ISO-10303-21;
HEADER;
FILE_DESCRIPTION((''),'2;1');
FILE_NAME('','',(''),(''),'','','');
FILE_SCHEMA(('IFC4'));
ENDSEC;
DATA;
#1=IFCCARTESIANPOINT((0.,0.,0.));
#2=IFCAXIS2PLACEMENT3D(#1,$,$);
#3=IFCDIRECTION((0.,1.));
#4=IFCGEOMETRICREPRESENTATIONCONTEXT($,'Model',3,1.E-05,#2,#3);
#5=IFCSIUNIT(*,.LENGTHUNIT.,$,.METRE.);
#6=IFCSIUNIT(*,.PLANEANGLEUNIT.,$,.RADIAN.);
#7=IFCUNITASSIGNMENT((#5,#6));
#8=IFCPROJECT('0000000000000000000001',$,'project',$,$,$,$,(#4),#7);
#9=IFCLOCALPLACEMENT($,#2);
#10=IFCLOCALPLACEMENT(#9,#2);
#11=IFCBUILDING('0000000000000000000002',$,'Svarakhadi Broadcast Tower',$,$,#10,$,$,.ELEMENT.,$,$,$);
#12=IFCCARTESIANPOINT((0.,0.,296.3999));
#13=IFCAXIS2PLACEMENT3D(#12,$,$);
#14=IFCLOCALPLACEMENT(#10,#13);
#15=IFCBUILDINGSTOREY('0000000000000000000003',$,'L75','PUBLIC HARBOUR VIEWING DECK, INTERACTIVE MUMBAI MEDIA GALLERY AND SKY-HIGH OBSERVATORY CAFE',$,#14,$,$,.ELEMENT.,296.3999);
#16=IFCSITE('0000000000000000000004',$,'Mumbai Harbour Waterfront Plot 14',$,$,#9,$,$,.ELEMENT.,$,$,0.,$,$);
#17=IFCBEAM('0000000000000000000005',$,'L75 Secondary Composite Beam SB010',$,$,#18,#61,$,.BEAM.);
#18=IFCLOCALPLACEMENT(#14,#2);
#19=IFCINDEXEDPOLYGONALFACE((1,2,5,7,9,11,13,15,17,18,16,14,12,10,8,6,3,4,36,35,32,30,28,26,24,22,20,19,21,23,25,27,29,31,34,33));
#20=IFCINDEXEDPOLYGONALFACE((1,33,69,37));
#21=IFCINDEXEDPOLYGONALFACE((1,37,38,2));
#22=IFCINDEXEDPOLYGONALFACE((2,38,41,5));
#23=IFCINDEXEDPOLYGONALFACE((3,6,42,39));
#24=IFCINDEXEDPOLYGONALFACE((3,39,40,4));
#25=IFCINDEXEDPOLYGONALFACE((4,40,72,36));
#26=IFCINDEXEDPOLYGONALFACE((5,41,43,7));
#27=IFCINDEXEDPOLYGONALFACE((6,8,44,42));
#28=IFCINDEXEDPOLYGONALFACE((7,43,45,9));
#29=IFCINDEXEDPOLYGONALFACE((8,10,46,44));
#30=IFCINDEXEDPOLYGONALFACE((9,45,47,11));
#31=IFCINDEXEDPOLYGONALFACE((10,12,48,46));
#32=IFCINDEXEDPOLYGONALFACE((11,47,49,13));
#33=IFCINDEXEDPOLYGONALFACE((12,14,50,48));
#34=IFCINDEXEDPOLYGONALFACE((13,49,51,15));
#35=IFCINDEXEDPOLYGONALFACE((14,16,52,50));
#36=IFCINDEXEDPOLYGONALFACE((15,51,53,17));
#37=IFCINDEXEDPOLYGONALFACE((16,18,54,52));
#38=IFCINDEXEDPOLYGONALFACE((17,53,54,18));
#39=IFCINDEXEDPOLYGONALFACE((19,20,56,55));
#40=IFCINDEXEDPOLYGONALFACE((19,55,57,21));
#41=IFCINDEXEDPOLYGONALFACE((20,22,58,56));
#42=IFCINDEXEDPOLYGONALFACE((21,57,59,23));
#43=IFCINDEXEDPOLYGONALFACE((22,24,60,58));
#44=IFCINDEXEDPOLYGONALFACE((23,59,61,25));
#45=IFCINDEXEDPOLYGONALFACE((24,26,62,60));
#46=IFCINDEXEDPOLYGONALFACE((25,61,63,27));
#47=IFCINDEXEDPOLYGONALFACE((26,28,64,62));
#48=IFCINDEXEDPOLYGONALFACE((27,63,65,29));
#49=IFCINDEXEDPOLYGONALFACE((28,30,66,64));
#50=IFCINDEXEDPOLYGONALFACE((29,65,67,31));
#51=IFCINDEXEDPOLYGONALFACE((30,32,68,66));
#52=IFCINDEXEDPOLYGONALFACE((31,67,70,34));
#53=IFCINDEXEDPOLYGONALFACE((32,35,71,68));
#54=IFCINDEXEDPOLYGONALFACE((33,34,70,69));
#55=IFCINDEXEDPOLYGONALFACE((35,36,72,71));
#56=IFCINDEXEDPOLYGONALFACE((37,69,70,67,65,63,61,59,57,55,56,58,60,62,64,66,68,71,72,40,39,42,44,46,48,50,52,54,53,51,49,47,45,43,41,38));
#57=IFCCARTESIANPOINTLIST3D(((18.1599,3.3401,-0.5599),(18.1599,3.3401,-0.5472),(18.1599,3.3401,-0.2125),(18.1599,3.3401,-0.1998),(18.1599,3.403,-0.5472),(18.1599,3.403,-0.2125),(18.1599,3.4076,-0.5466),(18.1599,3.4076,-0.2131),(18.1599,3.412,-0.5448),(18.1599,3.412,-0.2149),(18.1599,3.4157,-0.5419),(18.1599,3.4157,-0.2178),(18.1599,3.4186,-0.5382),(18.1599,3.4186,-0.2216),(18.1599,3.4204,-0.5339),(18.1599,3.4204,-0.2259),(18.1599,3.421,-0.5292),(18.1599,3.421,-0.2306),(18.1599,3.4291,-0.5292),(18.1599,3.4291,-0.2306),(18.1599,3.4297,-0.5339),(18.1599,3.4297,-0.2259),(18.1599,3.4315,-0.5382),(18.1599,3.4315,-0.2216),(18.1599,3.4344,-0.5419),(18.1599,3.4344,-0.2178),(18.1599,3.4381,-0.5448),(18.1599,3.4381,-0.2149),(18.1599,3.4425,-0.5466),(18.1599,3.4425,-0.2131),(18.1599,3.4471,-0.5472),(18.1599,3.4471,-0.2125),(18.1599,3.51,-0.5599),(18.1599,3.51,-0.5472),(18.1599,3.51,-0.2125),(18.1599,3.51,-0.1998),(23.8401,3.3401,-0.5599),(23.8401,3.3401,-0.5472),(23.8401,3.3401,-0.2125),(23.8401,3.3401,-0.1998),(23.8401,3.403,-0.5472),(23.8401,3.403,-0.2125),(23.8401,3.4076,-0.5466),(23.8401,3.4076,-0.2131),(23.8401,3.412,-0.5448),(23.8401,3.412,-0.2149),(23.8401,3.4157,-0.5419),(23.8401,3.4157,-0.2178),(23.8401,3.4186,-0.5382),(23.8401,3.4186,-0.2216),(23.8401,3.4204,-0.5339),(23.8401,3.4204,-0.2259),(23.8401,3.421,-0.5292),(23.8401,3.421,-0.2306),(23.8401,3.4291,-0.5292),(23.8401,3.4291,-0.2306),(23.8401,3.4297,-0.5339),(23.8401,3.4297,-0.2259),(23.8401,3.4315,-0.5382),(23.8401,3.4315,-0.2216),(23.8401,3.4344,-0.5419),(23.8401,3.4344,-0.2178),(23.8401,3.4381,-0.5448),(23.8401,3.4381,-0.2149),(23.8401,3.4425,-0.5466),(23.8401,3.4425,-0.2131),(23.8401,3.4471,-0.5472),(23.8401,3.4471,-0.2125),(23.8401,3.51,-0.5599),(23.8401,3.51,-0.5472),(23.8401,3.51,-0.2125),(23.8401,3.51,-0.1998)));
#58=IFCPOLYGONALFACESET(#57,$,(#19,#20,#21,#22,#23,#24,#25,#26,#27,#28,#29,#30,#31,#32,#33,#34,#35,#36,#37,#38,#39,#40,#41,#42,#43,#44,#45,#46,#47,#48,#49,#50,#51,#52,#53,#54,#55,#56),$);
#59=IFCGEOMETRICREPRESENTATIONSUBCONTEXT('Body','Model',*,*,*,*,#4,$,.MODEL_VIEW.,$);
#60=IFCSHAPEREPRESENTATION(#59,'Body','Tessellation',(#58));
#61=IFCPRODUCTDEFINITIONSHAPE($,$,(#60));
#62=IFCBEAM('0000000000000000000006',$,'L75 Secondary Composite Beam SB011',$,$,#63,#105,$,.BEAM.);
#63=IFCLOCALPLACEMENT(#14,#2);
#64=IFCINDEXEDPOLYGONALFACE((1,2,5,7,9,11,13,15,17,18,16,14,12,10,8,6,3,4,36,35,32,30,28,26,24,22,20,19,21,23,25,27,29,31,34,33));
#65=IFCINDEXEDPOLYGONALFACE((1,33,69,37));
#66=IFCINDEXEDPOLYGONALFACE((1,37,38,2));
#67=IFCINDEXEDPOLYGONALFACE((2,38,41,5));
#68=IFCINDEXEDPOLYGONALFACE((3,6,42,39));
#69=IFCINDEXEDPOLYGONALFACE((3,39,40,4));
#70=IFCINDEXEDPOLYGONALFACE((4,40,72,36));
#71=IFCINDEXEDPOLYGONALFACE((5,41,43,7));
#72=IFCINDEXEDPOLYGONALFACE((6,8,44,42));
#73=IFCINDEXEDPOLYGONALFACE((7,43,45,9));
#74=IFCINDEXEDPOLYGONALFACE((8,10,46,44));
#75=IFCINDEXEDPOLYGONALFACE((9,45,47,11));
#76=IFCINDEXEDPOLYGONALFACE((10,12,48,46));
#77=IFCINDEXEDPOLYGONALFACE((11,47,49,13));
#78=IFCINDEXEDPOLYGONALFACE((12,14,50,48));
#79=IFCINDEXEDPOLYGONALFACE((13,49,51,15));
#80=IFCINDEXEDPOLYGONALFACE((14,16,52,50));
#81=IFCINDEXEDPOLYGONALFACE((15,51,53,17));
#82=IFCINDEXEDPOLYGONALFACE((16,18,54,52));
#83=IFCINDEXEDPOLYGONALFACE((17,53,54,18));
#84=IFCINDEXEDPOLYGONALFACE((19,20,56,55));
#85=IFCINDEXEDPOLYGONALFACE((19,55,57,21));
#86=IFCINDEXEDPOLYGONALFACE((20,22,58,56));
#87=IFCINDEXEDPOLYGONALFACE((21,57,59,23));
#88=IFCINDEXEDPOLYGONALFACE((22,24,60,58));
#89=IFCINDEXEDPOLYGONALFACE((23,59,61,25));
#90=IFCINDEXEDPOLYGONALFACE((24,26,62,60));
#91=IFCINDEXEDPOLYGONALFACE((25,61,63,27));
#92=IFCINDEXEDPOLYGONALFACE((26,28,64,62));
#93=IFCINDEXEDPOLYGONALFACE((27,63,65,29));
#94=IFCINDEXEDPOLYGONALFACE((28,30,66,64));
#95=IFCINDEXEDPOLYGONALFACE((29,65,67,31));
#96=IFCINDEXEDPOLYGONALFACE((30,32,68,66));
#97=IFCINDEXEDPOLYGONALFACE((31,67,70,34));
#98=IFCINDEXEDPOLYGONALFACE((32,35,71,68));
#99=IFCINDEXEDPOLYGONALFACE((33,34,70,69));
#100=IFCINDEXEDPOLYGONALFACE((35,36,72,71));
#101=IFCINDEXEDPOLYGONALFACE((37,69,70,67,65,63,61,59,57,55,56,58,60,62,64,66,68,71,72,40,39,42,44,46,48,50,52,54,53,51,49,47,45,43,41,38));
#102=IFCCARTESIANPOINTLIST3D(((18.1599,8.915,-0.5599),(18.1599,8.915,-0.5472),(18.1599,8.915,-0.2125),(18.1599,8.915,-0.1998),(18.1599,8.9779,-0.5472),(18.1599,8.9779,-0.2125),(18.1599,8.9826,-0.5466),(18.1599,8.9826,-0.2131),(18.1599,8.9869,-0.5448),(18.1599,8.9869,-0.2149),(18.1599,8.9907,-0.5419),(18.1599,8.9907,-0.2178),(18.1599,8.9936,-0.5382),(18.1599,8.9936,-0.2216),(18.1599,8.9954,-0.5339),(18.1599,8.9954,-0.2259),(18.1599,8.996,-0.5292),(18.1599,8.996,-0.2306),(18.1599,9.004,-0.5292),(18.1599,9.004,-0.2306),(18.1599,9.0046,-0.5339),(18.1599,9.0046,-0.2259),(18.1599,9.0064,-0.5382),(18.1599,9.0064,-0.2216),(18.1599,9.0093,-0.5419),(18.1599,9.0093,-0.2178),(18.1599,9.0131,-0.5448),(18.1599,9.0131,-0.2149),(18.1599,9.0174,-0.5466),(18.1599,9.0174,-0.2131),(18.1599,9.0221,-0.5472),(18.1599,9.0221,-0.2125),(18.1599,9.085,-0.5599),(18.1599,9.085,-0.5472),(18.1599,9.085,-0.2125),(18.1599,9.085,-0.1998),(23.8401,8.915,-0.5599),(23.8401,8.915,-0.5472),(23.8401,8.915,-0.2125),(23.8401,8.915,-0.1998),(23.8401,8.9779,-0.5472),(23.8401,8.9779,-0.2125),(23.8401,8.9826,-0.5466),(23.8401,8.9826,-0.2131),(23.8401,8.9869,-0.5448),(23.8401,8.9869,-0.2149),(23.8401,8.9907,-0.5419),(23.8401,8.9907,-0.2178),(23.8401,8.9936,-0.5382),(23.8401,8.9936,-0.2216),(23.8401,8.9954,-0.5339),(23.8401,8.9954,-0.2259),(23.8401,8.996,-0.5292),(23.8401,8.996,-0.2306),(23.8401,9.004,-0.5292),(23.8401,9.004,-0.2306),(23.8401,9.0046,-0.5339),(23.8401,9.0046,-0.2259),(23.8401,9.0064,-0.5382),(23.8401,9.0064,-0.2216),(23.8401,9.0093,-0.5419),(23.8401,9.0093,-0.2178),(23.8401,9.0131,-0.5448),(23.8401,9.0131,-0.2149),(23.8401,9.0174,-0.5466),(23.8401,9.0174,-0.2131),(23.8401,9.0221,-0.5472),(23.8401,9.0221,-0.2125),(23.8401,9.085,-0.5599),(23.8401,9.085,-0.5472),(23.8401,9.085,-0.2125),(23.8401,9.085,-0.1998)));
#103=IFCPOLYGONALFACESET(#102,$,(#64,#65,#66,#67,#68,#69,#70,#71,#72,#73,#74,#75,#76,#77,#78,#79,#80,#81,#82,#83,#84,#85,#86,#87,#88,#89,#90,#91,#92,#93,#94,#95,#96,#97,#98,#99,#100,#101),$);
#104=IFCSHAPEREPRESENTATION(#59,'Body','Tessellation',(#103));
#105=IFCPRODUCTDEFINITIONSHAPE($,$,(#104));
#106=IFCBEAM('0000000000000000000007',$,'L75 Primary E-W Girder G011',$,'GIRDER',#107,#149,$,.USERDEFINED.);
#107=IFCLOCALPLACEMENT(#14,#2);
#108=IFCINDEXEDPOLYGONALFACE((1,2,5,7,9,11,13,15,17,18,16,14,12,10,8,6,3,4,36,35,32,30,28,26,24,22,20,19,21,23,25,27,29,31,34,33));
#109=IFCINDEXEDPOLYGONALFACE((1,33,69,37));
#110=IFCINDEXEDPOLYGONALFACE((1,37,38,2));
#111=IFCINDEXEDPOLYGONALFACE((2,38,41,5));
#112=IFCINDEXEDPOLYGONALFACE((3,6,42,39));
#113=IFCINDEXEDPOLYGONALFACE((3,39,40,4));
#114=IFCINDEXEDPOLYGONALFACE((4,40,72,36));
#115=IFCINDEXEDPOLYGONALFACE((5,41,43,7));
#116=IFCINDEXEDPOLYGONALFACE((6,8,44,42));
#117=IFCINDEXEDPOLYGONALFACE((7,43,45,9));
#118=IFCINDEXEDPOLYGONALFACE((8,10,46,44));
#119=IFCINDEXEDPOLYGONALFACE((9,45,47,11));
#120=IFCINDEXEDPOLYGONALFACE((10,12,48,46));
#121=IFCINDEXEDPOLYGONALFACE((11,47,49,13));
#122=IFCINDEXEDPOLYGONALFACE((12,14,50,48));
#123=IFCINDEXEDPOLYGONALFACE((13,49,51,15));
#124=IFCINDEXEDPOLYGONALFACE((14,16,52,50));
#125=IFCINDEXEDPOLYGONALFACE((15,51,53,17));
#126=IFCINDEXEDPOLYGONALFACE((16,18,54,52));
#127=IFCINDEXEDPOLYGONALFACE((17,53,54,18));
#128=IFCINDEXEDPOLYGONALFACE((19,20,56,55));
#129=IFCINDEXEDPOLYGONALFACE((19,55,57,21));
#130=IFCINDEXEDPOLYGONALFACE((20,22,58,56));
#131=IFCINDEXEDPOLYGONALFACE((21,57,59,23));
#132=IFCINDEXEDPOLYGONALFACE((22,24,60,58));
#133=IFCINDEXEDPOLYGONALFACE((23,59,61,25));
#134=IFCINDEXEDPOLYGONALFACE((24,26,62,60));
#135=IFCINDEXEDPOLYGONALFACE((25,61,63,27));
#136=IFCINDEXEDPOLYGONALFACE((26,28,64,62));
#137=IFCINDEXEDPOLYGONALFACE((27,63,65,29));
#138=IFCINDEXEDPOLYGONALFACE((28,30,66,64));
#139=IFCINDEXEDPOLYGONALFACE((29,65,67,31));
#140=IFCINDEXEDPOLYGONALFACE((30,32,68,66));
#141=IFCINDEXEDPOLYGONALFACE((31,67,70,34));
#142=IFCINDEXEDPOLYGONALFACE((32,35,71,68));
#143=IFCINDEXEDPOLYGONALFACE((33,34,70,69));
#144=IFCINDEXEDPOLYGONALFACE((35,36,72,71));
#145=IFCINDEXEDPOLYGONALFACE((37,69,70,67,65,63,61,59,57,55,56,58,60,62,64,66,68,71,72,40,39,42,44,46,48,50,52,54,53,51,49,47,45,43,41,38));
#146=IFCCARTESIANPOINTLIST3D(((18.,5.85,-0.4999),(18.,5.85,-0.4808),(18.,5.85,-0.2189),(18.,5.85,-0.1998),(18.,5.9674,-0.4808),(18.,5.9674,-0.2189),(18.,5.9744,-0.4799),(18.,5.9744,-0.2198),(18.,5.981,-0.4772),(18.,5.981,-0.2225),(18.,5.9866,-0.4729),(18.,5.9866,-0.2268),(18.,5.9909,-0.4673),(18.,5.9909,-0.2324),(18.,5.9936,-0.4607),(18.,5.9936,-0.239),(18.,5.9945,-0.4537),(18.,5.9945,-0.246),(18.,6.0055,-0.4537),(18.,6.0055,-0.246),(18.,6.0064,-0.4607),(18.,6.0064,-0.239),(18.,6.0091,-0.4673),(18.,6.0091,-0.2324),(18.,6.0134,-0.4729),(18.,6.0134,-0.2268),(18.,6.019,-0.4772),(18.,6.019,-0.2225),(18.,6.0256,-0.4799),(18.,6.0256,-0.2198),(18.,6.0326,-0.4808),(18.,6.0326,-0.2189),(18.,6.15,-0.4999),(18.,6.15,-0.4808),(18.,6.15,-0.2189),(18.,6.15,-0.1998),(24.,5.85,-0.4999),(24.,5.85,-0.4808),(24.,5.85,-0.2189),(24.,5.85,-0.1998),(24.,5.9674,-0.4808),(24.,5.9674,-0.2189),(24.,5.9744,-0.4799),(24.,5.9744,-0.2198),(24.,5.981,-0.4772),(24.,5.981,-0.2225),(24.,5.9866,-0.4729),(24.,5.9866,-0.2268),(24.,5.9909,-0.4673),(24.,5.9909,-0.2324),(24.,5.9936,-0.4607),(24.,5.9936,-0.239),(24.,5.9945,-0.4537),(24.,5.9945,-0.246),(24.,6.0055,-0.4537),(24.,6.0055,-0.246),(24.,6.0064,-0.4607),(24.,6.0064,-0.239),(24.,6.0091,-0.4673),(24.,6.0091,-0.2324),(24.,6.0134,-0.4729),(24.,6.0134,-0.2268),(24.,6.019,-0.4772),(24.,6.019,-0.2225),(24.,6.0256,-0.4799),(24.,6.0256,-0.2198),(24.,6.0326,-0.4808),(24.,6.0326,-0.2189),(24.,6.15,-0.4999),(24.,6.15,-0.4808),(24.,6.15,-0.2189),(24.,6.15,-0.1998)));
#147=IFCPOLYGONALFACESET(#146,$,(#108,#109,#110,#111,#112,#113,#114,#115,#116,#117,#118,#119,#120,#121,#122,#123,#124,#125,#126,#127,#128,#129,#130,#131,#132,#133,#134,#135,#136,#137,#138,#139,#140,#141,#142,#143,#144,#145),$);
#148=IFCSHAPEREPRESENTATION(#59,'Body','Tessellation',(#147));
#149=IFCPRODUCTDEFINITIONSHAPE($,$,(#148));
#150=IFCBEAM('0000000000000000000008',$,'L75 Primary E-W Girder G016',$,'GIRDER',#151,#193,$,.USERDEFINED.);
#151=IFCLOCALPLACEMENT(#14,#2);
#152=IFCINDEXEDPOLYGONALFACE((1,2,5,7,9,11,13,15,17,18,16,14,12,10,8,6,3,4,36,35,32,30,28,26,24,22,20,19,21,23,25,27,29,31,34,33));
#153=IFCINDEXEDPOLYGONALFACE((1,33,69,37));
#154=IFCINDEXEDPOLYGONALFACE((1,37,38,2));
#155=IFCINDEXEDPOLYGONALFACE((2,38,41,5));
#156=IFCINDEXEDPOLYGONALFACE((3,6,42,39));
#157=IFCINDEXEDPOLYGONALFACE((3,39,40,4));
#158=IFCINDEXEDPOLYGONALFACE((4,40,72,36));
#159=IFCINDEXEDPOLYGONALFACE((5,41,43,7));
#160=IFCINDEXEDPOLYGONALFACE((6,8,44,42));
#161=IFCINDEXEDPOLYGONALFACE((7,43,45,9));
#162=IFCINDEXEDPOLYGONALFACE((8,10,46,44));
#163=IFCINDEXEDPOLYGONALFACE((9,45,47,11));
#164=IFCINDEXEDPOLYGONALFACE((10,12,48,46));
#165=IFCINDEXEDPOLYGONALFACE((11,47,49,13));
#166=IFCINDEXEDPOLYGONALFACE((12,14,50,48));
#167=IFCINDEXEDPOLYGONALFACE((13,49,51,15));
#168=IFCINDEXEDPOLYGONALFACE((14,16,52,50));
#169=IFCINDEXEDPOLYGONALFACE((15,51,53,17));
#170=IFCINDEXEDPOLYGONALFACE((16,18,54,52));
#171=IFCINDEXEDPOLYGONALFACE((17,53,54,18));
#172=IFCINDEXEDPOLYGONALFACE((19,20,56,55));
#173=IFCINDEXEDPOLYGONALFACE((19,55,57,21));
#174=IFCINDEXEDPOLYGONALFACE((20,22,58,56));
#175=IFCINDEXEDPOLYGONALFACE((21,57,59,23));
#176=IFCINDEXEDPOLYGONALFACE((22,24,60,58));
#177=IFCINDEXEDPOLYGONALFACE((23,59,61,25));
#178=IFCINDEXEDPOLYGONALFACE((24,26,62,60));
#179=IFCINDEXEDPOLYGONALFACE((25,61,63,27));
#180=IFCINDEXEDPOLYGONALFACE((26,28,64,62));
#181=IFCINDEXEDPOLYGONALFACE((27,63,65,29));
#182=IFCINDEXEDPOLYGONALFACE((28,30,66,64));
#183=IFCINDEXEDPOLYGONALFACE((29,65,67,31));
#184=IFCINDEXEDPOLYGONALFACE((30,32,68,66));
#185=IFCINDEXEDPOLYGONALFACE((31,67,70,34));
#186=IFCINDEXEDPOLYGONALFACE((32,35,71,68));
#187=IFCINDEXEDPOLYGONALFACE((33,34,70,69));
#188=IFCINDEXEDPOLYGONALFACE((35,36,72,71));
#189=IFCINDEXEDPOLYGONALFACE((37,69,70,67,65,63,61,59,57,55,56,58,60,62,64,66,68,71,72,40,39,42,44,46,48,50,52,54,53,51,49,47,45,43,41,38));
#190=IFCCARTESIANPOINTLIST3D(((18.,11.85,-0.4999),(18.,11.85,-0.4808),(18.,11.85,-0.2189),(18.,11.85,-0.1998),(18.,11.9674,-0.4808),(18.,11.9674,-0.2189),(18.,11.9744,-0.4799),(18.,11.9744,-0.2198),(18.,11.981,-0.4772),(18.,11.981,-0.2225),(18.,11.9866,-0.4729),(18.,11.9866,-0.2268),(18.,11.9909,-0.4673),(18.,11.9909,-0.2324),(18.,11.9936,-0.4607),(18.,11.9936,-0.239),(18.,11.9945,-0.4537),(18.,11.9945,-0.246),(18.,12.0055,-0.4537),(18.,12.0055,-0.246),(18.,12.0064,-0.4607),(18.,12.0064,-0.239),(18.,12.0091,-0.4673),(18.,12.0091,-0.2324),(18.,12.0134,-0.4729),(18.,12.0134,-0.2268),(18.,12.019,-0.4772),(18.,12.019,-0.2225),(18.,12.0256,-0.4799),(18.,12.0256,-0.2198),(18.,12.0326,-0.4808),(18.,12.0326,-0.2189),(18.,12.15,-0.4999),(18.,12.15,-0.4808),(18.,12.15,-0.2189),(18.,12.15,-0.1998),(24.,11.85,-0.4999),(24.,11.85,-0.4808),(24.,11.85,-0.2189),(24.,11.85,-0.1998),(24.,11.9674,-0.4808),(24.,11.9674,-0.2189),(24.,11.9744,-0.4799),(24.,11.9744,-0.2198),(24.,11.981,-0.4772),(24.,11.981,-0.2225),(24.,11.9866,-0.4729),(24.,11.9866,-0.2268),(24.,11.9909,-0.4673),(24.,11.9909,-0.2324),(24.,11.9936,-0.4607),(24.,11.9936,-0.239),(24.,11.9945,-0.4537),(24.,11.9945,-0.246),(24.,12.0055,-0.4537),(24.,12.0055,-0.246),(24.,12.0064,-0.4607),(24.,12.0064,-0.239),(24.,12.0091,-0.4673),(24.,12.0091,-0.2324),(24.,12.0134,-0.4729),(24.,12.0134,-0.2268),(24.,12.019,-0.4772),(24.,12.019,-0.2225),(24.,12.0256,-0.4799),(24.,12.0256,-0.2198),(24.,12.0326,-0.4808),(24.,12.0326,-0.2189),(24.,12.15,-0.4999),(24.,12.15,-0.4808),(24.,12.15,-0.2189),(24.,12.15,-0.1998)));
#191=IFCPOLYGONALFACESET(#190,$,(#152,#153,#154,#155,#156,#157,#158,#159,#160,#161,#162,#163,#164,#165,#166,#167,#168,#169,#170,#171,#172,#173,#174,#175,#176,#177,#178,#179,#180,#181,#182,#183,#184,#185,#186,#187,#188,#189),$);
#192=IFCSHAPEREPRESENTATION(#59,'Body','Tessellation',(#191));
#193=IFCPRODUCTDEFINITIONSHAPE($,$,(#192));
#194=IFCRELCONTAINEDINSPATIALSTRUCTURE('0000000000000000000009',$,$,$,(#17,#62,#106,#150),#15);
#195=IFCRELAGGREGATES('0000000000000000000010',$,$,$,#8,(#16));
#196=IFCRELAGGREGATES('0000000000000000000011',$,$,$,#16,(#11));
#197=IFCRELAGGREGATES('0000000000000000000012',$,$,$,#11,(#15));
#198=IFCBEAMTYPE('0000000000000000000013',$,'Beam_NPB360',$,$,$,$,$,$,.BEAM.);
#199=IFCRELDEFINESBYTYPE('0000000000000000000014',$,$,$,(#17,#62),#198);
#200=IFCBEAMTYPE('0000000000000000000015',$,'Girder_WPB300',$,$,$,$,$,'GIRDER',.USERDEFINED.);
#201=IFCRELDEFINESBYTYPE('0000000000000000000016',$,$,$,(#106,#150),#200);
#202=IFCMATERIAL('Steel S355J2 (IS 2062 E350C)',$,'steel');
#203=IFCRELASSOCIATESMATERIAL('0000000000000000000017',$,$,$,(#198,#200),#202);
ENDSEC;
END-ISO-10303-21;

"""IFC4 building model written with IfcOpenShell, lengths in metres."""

from ifc_helpers import new_model, si_unit, direction, frame, origin, origin_2d, place, context, subcontext, project, spatial, i_section, extrude, material, material_profile, profile_set, type_object, element, save


model = new_model("IFC4")

# Units and contexts
model_context = context("Model", 3, precision=1e-05, world=origin(), true_north=direction((0.0, 1.0)))
body_context = subcontext(model_context, "Body", "Model", "MODEL_VIEW")
ifc_project = project(units=[si_unit("LENGTHUNIT", "METRE"), si_unit("PLANEANGLEUNIT", "RADIAN")], contexts=[model_context])

# Site, building, storey
site_placement = place(None, origin())
site = spatial("IfcSite", under=ifc_project, at=site_placement, Name="Mumbai Harbour Waterfront Plot 14", CompositionType="ELEMENT", RefElevation=0.0)
building_placement = place(site_placement, origin())
building = spatial("IfcBuilding", under=site, at=building_placement, Name="Svarakhadi Broadcast Tower", CompositionType="ELEMENT")
storey_placement = place(building_placement, frame((0.0, 0.0, 296.3999)))
storey = spatial("IfcBuildingStorey", under=building, at=storey_placement, Name="L75", Description="PUBLIC HARBOUR VIEWING DECK, INTERACTIVE MUMBAI MEDIA GALLERY AND SKY-HIGH OBSERVATORY CAFE", CompositionType="ELEMENT", Elevation=296.3999)

# Beams
ifc_material_1 = material(Name="Steel S355J2 (IS 2062 E350C)", Category="steel")
ifc_material_profile_1 = material_profile(ifc_material_1, i_section(OverallWidth=0.1699, OverallDepth=0.3601, WebThickness=0.0081, FlangeThickness=0.0127, FilletRadius=0.0181, at=origin_2d()), Name="NPB 360x170x57")
ifc_profile_set_1 = profile_set([ifc_material_profile_1], Name="Steel S355J2 (IS 2062 E350C)")
beam_type_1 = type_object("IfcBeamType", Name="Beam_NPB360", PredefinedType="BEAM", material=ifc_profile_set_1)
for number, where, z_axis, x_axis, name in (
    (1, (18.1599, 3.425, -0.3799), (1.0, 0.0, 0.0), (0.0, 1.0, 0.0), "L75 Secondary Composite Beam SB010"),
    (2, (18.1599, 9.0, -0.3799), (1.0, 0.0, 0.0), (0.0, 1.0, 0.0), "L75 Secondary Composite Beam SB011"),
):
    element("IfcBeam", number, at=place(storey_placement, frame(where, z_axis=z_axis, x_axis=x_axis)), inside=storey, type_object=beam_type_1, Name=name, PredefinedType="BEAM", context=body_context, shape_type="SweptSolid", body=[
        extrude(i_section(OverallWidth=0.1699, OverallDepth=0.3601, WebThickness=0.0081, FlangeThickness=0.0127, FilletRadius=0.0181, at=origin_2d()), origin(), (0.0, 0.0, 1.0), 5.6802),
    ])
ifc_material_profile_2 = material_profile(ifc_material_1, i_section(OverallWidth=0.3, OverallDepth=0.3, WebThickness=0.011, FlangeThickness=0.019, FilletRadius=0.0271, at=origin_2d()), Name="WPB 300x300x117")
ifc_profile_set_2 = profile_set([ifc_material_profile_2], Name="Steel S355J2 (IS 2062 E350C)")
beam_type_2 = type_object("IfcBeamType", Name="Girder_WPB300", ElementType="GIRDER", PredefinedType="USERDEFINED", material=ifc_profile_set_2)
for number, where, z_axis, x_axis, name in (
    (3, (18.0, 6.0, -0.3499), (1.0, 0.0, 0.0), (0.0, 1.0, 0.0), "L75 Primary E-W Girder G011"),
    (4, (18.0, 12.0, -0.3499), (1.0, 0.0, 0.0), (0.0, 1.0, 0.0), "L75 Primary E-W Girder G016"),
):
    element("IfcBeam", number, at=place(storey_placement, frame(where, z_axis=z_axis, x_axis=x_axis)), inside=storey, type_object=beam_type_2, Name=name, ObjectType="GIRDER", PredefinedType="USERDEFINED", context=body_context, shape_type="SweptSolid", body=[
        extrude(i_section(OverallWidth=0.3, OverallDepth=0.3, WebThickness=0.011, FlangeThickness=0.019, FilletRadius=0.0271, at=origin_2d()), origin(), (0.0, 0.0, 1.0), 6.0),
    ])

save(model, "model.ifc")
